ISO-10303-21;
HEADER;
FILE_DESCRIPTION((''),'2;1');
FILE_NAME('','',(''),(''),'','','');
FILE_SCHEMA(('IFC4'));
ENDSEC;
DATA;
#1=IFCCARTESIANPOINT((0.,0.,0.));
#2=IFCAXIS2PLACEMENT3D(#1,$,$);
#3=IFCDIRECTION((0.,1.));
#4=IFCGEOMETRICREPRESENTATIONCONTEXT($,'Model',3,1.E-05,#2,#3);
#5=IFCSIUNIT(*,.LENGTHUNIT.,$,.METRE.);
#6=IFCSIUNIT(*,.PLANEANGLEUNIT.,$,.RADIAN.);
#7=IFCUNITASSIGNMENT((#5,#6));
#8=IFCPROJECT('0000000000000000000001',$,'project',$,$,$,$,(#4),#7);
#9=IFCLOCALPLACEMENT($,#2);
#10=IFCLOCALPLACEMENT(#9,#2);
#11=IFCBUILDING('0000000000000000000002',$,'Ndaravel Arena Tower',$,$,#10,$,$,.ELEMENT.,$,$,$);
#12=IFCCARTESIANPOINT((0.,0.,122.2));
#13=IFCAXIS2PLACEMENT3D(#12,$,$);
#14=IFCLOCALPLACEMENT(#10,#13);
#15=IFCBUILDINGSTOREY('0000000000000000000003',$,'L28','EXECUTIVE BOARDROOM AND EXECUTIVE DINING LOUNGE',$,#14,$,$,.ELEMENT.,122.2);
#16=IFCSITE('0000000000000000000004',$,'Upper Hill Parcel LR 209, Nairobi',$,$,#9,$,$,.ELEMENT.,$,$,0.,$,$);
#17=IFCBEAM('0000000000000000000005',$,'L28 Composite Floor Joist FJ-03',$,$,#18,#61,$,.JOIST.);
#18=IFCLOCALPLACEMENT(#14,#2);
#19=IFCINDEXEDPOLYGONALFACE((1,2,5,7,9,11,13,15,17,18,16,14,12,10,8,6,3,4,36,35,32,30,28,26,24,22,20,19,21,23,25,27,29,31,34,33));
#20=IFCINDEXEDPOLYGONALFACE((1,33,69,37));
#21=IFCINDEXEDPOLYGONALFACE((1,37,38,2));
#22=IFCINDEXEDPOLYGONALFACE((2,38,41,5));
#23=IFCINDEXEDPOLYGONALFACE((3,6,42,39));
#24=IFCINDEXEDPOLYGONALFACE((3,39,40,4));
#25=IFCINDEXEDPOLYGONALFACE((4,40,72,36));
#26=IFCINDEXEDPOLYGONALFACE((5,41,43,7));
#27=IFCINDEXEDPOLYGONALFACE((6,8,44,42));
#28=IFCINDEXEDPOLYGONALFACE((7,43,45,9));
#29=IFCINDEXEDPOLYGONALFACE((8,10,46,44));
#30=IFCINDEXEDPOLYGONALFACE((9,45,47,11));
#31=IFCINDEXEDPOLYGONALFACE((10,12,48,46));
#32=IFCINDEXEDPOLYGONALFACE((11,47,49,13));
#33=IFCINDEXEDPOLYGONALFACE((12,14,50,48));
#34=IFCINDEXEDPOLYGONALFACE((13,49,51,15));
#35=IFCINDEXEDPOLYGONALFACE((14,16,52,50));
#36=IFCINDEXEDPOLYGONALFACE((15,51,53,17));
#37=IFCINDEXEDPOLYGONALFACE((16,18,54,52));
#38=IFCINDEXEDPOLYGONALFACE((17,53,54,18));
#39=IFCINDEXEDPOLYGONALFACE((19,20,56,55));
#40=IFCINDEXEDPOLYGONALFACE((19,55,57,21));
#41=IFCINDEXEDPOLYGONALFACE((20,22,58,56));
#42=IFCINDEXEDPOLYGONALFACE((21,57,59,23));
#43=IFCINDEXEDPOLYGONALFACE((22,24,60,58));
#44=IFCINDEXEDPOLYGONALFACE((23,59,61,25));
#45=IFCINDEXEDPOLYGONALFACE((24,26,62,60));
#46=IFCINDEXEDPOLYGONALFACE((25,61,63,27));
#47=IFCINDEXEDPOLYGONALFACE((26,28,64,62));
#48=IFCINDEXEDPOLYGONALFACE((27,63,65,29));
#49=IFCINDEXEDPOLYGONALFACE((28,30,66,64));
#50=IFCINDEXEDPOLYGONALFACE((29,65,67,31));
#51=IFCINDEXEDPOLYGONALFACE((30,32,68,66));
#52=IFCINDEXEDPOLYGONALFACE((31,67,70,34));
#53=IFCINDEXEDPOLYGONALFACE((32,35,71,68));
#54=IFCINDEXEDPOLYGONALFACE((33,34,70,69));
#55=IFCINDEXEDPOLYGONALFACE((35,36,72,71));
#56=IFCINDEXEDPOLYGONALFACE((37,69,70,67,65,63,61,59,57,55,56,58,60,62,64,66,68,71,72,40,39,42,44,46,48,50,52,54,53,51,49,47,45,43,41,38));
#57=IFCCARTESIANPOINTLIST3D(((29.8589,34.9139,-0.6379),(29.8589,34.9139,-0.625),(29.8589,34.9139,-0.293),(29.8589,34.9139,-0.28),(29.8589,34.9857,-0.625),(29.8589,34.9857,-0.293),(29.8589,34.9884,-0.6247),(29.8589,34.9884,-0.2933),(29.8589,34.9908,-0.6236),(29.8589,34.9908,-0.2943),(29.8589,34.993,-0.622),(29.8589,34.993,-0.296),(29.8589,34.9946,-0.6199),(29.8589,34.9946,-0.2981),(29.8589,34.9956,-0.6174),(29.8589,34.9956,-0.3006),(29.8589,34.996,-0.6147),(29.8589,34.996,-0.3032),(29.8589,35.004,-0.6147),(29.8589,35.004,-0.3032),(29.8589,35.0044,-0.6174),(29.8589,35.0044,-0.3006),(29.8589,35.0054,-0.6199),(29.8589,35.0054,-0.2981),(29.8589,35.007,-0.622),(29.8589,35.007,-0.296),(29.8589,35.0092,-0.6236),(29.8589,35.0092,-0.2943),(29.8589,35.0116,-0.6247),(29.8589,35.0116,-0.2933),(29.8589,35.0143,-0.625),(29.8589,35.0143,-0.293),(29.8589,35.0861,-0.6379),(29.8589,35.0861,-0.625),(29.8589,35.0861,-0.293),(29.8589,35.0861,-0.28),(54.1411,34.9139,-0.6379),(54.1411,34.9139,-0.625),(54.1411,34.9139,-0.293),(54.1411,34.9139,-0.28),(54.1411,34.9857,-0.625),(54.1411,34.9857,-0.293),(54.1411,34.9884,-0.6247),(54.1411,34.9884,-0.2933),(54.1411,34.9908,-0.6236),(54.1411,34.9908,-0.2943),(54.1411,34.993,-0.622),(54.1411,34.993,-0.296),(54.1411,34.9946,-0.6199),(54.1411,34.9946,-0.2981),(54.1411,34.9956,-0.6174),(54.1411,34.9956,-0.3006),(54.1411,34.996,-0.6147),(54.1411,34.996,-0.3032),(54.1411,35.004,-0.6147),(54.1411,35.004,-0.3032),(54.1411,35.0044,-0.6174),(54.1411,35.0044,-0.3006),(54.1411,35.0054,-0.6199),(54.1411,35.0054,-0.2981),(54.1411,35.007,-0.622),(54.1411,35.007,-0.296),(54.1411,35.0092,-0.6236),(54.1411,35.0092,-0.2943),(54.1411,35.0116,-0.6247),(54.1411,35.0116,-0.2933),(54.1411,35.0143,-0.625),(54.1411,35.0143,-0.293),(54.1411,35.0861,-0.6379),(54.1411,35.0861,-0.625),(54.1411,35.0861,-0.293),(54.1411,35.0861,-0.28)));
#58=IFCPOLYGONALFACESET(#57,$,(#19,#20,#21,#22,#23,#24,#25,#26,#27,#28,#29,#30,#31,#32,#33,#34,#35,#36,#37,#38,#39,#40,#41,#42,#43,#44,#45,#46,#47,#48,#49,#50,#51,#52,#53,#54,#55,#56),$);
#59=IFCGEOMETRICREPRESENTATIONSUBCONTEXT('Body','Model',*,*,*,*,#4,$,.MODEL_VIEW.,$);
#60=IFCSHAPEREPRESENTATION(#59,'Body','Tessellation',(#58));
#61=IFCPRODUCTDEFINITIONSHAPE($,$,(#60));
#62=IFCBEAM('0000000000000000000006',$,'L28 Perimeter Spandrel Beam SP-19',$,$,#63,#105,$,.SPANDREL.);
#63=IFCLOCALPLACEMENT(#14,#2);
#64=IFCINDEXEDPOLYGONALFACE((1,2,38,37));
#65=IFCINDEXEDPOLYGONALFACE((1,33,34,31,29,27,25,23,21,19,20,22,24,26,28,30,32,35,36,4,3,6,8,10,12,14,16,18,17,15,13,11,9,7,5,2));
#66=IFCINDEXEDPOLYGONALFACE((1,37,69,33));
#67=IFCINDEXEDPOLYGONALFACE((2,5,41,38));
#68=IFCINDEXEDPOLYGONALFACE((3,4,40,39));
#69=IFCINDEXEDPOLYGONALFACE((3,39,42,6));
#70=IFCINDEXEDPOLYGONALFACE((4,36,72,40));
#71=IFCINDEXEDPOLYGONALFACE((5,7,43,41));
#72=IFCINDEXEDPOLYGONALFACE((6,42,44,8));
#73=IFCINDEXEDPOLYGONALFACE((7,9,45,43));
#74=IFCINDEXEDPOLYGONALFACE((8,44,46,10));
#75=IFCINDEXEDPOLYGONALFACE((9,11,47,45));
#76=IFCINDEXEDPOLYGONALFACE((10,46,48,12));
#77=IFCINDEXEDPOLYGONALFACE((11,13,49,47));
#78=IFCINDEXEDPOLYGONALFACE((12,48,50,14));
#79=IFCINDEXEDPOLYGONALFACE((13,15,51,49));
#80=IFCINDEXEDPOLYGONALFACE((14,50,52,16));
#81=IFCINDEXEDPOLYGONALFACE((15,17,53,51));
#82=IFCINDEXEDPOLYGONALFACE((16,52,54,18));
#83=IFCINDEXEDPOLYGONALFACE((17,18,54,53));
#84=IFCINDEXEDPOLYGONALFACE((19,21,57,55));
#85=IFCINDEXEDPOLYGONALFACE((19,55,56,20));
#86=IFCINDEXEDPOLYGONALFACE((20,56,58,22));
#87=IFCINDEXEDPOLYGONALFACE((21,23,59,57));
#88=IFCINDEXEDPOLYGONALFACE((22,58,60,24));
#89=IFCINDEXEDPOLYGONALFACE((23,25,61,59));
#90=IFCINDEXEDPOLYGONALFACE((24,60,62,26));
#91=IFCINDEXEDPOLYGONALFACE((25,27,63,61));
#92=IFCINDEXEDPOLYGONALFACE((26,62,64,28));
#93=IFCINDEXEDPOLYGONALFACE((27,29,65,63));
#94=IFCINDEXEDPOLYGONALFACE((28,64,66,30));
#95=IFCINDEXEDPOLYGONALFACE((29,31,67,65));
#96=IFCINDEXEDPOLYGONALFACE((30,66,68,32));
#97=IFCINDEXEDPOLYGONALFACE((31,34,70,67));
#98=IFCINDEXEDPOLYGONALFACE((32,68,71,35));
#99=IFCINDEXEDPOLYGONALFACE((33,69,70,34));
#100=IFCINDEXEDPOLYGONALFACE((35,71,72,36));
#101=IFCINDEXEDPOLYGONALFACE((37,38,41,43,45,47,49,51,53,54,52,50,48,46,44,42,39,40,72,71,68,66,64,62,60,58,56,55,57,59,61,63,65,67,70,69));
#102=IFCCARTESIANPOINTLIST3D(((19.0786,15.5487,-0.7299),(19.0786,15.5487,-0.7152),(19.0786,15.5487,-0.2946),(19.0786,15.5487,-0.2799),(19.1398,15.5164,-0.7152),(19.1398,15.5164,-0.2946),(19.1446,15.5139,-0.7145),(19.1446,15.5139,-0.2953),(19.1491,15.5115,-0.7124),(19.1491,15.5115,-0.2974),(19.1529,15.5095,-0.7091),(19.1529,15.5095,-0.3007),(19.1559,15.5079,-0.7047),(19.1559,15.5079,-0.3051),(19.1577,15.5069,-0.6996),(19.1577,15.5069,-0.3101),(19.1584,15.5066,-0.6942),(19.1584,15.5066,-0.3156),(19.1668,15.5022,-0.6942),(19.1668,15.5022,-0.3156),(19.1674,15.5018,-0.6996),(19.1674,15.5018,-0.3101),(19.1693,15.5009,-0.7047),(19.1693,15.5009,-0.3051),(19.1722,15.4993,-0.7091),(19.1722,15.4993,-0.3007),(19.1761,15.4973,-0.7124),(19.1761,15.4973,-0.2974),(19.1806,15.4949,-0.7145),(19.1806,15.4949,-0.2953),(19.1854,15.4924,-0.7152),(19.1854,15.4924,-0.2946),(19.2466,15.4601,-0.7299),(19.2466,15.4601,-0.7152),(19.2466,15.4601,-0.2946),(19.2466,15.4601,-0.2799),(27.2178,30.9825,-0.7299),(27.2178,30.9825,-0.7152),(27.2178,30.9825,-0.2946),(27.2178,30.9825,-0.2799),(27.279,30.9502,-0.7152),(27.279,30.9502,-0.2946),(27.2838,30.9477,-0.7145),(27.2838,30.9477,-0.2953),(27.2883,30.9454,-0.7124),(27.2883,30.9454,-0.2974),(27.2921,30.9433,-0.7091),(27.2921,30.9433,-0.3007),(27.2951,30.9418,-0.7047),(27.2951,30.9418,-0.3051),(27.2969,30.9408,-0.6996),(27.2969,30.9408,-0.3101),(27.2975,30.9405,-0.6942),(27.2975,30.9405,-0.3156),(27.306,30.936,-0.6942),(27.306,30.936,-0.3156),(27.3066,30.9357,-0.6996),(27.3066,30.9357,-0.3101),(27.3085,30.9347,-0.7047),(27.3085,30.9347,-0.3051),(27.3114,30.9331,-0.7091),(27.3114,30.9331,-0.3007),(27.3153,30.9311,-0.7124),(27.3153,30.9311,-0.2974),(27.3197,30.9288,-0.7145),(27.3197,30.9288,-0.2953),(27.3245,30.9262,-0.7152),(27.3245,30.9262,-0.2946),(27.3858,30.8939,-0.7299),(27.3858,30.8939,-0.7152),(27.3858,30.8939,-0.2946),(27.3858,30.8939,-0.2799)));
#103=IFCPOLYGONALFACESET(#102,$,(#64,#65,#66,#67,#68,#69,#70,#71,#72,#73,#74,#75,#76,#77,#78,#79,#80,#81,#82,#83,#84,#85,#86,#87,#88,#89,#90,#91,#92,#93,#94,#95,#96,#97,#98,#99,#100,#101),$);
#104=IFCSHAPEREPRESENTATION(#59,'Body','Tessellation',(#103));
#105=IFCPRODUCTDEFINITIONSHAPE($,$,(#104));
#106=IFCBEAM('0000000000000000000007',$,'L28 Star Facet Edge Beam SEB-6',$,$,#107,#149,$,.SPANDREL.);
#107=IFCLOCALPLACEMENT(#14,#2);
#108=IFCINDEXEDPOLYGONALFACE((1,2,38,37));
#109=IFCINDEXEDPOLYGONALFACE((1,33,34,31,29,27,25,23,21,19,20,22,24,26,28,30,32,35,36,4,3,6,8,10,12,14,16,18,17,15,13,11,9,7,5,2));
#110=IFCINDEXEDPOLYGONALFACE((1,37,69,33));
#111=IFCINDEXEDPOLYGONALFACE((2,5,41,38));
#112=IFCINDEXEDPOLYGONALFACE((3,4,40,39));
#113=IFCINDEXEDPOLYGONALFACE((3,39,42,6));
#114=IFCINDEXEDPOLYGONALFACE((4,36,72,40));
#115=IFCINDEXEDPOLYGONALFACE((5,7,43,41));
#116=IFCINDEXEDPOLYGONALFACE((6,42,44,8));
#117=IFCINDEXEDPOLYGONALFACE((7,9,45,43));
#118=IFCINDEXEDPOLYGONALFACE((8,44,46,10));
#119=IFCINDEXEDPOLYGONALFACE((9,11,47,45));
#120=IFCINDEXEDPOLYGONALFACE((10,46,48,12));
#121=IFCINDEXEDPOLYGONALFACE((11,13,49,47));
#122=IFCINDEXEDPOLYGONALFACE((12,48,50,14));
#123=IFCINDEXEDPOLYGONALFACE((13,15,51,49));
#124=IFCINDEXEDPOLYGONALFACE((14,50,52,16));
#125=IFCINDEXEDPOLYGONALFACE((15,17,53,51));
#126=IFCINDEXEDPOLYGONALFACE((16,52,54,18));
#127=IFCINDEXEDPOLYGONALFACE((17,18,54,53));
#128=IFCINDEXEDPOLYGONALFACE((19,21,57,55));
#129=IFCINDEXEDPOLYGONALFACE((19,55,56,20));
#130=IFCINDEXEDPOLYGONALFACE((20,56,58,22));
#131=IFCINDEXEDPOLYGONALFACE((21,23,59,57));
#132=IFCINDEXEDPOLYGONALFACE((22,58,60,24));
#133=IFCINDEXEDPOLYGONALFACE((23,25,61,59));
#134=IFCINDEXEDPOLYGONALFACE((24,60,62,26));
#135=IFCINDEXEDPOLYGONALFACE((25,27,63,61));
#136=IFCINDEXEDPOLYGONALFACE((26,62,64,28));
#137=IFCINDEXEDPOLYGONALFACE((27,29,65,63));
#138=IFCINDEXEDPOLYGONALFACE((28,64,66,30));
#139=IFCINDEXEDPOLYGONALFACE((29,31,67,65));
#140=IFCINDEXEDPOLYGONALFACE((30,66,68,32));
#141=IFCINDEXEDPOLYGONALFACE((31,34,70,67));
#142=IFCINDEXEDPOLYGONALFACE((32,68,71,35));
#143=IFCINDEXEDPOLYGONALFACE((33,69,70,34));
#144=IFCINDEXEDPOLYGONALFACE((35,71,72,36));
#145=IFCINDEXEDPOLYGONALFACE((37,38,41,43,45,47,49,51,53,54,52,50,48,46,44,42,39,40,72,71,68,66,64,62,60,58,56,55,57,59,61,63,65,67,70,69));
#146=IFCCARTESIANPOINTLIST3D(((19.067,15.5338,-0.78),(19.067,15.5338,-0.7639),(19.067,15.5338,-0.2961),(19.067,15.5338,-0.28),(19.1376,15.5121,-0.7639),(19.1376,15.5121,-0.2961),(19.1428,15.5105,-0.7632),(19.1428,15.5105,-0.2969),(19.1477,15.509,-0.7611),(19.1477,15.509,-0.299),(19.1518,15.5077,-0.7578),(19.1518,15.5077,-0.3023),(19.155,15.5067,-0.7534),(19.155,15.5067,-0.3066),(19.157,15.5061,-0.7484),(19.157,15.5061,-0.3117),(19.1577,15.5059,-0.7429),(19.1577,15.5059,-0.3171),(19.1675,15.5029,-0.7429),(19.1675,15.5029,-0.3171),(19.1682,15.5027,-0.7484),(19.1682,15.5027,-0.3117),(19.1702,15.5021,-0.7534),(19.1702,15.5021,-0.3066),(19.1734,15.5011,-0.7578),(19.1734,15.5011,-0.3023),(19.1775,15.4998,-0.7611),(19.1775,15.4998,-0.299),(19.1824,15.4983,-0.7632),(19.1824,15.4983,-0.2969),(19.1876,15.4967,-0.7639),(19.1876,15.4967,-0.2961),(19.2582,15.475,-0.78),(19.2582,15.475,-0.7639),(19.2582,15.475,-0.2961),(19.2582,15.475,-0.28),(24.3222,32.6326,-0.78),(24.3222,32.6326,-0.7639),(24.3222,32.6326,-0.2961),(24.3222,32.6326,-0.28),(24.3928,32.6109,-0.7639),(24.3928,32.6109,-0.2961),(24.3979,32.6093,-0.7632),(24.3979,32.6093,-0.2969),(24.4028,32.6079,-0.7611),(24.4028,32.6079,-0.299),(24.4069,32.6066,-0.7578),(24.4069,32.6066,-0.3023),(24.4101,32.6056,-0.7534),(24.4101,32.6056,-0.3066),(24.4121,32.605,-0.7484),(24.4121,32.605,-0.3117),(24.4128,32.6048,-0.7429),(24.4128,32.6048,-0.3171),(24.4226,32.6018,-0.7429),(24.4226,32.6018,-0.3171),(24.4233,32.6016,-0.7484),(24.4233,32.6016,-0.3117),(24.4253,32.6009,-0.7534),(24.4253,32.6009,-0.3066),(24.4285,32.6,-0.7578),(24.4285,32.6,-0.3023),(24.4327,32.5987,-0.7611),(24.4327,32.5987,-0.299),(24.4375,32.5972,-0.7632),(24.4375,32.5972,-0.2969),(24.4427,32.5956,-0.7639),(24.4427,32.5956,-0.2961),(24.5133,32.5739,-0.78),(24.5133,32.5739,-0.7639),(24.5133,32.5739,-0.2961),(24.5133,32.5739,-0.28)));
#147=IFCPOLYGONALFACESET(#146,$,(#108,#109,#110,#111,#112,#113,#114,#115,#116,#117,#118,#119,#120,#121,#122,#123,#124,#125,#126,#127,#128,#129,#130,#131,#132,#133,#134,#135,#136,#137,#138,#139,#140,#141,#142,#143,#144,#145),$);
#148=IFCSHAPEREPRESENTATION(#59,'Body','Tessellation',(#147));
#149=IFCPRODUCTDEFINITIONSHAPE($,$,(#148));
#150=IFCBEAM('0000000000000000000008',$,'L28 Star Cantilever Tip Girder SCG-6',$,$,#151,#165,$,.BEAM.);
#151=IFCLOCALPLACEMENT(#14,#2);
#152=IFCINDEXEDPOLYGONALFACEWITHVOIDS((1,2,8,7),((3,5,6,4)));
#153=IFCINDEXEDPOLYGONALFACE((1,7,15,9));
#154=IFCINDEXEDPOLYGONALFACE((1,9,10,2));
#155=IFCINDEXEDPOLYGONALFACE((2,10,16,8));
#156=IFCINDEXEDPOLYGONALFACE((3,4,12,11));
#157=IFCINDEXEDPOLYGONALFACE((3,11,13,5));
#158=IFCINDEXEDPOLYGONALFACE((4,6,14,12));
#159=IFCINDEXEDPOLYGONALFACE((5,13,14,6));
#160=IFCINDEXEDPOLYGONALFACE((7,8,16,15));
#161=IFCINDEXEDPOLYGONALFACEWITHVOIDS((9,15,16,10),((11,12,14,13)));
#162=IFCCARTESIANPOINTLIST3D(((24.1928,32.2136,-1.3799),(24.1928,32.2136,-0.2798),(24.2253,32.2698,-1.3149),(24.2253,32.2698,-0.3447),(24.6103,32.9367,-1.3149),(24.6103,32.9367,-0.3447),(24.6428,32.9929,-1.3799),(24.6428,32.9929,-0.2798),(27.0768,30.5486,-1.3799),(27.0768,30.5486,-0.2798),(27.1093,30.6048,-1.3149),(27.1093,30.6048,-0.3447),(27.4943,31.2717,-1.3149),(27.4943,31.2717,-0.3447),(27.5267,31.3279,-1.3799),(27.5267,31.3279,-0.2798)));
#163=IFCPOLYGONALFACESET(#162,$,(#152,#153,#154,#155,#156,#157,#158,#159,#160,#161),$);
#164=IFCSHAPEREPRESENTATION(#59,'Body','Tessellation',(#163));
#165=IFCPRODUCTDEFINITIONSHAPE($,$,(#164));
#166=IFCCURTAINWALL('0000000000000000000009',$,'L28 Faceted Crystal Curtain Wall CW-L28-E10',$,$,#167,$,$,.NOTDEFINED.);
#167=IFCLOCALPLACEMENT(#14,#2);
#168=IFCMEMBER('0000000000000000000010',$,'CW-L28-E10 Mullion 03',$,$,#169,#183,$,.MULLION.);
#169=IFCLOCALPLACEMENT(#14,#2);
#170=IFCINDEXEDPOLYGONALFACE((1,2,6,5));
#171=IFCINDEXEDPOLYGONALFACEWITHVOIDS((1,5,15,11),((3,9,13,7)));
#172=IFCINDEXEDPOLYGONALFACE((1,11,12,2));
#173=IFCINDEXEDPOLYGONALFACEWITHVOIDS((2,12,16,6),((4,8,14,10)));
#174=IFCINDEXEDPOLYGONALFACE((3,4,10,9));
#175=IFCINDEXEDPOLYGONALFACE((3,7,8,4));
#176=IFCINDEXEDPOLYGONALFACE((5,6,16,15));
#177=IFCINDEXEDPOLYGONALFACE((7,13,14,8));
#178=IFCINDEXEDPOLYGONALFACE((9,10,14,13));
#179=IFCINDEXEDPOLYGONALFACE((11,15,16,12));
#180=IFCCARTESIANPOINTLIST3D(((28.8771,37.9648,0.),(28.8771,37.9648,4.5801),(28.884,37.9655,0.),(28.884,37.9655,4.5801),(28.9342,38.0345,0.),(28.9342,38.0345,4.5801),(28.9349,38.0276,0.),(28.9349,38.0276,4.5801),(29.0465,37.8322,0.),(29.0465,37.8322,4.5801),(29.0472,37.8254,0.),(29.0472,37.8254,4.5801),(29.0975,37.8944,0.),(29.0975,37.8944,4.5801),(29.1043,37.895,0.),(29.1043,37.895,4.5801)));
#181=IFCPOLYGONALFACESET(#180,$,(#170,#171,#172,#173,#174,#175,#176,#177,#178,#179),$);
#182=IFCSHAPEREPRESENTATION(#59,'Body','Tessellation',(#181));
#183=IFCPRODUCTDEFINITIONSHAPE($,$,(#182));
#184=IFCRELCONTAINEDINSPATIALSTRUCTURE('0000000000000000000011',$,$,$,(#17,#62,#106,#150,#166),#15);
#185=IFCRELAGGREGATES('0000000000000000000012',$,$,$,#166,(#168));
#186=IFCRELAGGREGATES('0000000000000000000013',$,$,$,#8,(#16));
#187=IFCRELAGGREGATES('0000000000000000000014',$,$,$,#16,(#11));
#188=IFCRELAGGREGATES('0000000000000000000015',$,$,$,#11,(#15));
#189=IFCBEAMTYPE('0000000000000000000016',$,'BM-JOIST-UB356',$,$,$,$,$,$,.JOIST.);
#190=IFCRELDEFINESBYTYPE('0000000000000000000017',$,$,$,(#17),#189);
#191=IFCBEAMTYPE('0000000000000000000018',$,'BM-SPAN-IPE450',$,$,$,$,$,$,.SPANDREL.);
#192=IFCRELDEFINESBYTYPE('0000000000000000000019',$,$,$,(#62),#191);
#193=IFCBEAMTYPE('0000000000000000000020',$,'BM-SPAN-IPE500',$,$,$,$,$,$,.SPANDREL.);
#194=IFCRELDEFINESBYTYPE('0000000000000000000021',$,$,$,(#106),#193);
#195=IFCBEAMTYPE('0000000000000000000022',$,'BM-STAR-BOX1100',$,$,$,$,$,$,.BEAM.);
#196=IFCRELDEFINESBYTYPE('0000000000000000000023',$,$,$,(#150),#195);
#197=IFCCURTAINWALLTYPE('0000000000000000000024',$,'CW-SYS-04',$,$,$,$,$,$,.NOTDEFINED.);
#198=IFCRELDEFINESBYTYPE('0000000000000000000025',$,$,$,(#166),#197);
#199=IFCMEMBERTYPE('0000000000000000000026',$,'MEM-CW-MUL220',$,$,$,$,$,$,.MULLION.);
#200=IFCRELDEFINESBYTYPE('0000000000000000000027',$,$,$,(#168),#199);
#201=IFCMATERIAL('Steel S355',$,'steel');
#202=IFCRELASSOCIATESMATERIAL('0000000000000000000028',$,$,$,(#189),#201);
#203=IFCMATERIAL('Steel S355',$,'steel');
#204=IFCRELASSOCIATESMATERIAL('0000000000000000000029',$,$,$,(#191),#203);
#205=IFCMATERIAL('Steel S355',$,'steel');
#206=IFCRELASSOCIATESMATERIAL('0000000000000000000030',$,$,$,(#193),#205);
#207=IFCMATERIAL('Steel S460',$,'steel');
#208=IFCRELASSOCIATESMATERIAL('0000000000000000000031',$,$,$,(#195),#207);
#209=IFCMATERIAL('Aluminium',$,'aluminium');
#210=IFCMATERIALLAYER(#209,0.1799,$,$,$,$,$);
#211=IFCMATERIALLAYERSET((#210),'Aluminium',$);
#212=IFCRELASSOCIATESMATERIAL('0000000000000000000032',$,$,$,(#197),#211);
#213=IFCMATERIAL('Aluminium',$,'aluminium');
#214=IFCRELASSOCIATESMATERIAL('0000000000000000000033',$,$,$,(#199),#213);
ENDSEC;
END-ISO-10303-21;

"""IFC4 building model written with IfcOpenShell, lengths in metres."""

from ifc_helpers import new_model, si_unit, direction, frame, origin, origin_2d, place, context, subcontext, project, spatial, hollow_rectangle, i_section, extrude, material, layer, layer_set, material_profile, profile_set, type_object, element, aggregate, save


model = new_model("IFC4")

# Units and contexts
model_context = context("Model", 3, precision=1e-05, world=origin(), true_north=direction((0.0, 1.0)))
body_context = subcontext(model_context, "Body", "Model", "MODEL_VIEW")
ifc_project = project(units=[si_unit("LENGTHUNIT", "METRE"), si_unit("PLANEANGLEUNIT", "RADIAN")], contexts=[model_context])

# Site, building, storey
site_placement = place(None, origin())
site = spatial("IfcSite", under=ifc_project, at=site_placement, Name="Upper Hill Parcel LR 209, Nairobi", CompositionType="ELEMENT", RefElevation=0.0)
building_placement = place(site_placement, origin())
building = spatial("IfcBuilding", under=site, at=building_placement, Name="Ndaravel Arena Tower", CompositionType="ELEMENT")
storey_placement = place(building_placement, frame((0.0, 0.0, 122.2)))
storey = spatial("IfcBuildingStorey", under=building, at=storey_placement, Name="L28", Description="EXECUTIVE BOARDROOM AND EXECUTIVE DINING LOUNGE", CompositionType="ELEMENT", Elevation=122.2)

# Beams
ifc_material_1 = material(Name="Steel S355", Category="steel")
ifc_material_profile_1 = material_profile(ifc_material_1, i_section(OverallWidth=0.1721, OverallDepth=0.3579, WebThickness=0.0081, FlangeThickness=0.0129, FilletRadius=0.0103, at=origin_2d()), Name="UB 356x171x57")
ifc_profile_set_1 = profile_set([ifc_material_profile_1], Name="Steel S355")
beam_type_1 = type_object("IfcBeamType", Name="BM-JOIST-UB356", PredefinedType="JOIST", material=ifc_profile_set_1)
beam_1_placement = place(storey_placement, frame((29.8589, 35.0, -0.459), z_axis=(1.0, 0.0, 0.0), x_axis=(0.0, 1.0, 0.0)))
element("IfcBeam", 1, at=beam_1_placement, inside=storey, type_object=beam_type_1, Name="L28 Composite Floor Joist FJ-03", PredefinedType="JOIST", context=body_context, shape_type="SweptSolid", body=[
    extrude(i_section(OverallWidth=0.1721, OverallDepth=0.3579, WebThickness=0.0081, FlangeThickness=0.0129, FilletRadius=0.0103, at=origin_2d()), origin(), (0.0, 0.0, 1.0), 24.2822),
])
ifc_material_2 = material(Name="Steel S355", Category="steel")
ifc_material_profile_2 = material_profile(ifc_material_2, i_section(OverallWidth=0.1899, OverallDepth=0.45, WebThickness=0.0095, FlangeThickness=0.0146, FilletRadius=0.021, at=origin_2d()), Name="IPE 450")
ifc_profile_set_2 = profile_set([ifc_material_profile_2], Name="Steel S355")
beam_type_2 = type_object("IfcBeamType", Name="BM-SPAN-IPE450", PredefinedType="SPANDREL", material=ifc_profile_set_2)
beam_2_placement = place(storey_placement, frame((27.3018, 30.9382, -0.5049), z_axis=(-0.466468, -0.884538, 0.0), x_axis=(0.884538, -0.466468, 0.0)))
element("IfcBeam", 2, at=beam_2_placement, inside=storey, type_object=beam_type_2, Name="L28 Perimeter Spandrel Beam SP-19", PredefinedType="SPANDREL", context=body_context, shape_type="SweptSolid", body=[
    extrude(i_section(OverallWidth=0.1899, OverallDepth=0.45, WebThickness=0.0095, FlangeThickness=0.0146, FilletRadius=0.021, at=origin_2d()), origin(), (0.0, 0.0, 1.0), 17.4485),
])
ifc_material_3 = material(Name="Steel S355", Category="steel")
ifc_material_profile_3 = material_profile(ifc_material_3, i_section(OverallWidth=0.2, OverallDepth=0.5, WebThickness=0.0103, FlangeThickness=0.0161, FilletRadius=0.021, at=origin_2d()), Name="IPE 500")
ifc_profile_set_3 = profile_set([ifc_material_profile_3], Name="Steel S355")
beam_type_3 = type_object("IfcBeamType", Name="BM-SPAN-IPE500", PredefinedType="SPANDREL", material=ifc_profile_set_3)
beam_3_placement = place(storey_placement, frame((24.4177, 32.6033, -0.53), z_axis=(-0.293776, -0.955874, 0.0), x_axis=(0.955874, -0.293776, 0.0)))
element("IfcBeam", 3, at=beam_3_placement, inside=storey, type_object=beam_type_3, Name="L28 Star Facet Edge Beam SEB-6", PredefinedType="SPANDREL", context=body_context, shape_type="SweptSolid", body=[
    extrude(i_section(OverallWidth=0.2, OverallDepth=0.5, WebThickness=0.0103, FlangeThickness=0.0161, FilletRadius=0.021, at=origin_2d()), origin(), (0.0, 0.0, 1.0), 17.8882),
])
ifc_material_4 = material(Name="Steel S460", Category="steel")
ifc_material_profile_4 = material_profile(ifc_material_4, hollow_rectangle(XDim=0.8999, YDim=1.1001, WallThickness=0.0649, at=origin_2d()), Name="BOX 1100x900x65")
ifc_profile_set_4 = profile_set([ifc_material_profile_4], Name="Steel S460")
beam_type_4 = type_object("IfcBeamType", Name="BM-STAR-BOX1100", PredefinedType="BEAM", material=ifc_profile_set_4)
beam_4_placement = place(storey_placement, frame((27.3018, 30.9382, -0.8298), z_axis=(-0.866033, 0.499987, 0.0), x_axis=(-0.499987, -0.866033, 0.0)))
element("IfcBeam", 4, at=beam_4_placement, inside=storey, type_object=beam_type_4, Name="L28 Star Cantilever Tip Girder SCG-6", PredefinedType="BEAM", context=body_context, shape_type="SweptSolid", body=[
    extrude(hollow_rectangle(XDim=0.8999, YDim=1.1001, WallThickness=0.0649, at=origin_2d()), origin(), (0.0, 0.0, 1.0), 3.3301),
])

# Curtain wall, member
ifc_material_5 = material(Name="Aluminium", Category="aluminium")
ifc_layer_1 = layer(ifc_material_5, 0.1799)
ifc_layer_set_1 = layer_set([ifc_layer_1], Name="Aluminium")
curtain_wall_type = type_object("IfcCurtainWallType", Name="CW-SYS-04", PredefinedType="NOTDEFINED", material=ifc_layer_set_1)
curtain_wall_1_placement = place(storey_placement, origin())
curtain_wall_1 = element("IfcCurtainWall", 5, at=curtain_wall_1_placement, inside=storey, type_object=curtain_wall_type, Name="L28 Faceted Crystal Curtain Wall CW-L28-E10", PredefinedType="NOTDEFINED")
ifc_material_6 = material(Name="Aluminium", Category="aluminium")
ifc_material_profile_5 = material_profile(ifc_material_6, hollow_rectangle(XDim=0.0901, YDim=0.22, WallThickness=0.0049, at=origin_2d()), Name="CW MULLION 90x220x5")
ifc_profile_set_5 = profile_set([ifc_material_profile_5], Name="Aluminium")
member_type_1 = type_object("IfcMemberType", Name="MEM-CW-MUL220", PredefinedType="MULLION", material=ifc_profile_set_5)
member_1_placement = place(storey_placement, frame((28.9907, 37.9299, 0.0), z_axis=(0.0, 0.0, 1.0), x_axis=(-0.633934, -0.773387, 0.0)))
member_1 = element("IfcMember", 6, at=member_1_placement, type_object=member_type_1, Name="CW-L28-E10 Mullion 03", PredefinedType="MULLION", context=body_context, shape_type="SweptSolid", body=[
    extrude(hollow_rectangle(XDim=0.0901, YDim=0.22, WallThickness=0.0049, at=origin_2d()), origin(), (0.0, 0.0, 1.0), 4.5801),
])

aggregate(curtain_wall_1, [member_1])

save(model, "model.ifc")
